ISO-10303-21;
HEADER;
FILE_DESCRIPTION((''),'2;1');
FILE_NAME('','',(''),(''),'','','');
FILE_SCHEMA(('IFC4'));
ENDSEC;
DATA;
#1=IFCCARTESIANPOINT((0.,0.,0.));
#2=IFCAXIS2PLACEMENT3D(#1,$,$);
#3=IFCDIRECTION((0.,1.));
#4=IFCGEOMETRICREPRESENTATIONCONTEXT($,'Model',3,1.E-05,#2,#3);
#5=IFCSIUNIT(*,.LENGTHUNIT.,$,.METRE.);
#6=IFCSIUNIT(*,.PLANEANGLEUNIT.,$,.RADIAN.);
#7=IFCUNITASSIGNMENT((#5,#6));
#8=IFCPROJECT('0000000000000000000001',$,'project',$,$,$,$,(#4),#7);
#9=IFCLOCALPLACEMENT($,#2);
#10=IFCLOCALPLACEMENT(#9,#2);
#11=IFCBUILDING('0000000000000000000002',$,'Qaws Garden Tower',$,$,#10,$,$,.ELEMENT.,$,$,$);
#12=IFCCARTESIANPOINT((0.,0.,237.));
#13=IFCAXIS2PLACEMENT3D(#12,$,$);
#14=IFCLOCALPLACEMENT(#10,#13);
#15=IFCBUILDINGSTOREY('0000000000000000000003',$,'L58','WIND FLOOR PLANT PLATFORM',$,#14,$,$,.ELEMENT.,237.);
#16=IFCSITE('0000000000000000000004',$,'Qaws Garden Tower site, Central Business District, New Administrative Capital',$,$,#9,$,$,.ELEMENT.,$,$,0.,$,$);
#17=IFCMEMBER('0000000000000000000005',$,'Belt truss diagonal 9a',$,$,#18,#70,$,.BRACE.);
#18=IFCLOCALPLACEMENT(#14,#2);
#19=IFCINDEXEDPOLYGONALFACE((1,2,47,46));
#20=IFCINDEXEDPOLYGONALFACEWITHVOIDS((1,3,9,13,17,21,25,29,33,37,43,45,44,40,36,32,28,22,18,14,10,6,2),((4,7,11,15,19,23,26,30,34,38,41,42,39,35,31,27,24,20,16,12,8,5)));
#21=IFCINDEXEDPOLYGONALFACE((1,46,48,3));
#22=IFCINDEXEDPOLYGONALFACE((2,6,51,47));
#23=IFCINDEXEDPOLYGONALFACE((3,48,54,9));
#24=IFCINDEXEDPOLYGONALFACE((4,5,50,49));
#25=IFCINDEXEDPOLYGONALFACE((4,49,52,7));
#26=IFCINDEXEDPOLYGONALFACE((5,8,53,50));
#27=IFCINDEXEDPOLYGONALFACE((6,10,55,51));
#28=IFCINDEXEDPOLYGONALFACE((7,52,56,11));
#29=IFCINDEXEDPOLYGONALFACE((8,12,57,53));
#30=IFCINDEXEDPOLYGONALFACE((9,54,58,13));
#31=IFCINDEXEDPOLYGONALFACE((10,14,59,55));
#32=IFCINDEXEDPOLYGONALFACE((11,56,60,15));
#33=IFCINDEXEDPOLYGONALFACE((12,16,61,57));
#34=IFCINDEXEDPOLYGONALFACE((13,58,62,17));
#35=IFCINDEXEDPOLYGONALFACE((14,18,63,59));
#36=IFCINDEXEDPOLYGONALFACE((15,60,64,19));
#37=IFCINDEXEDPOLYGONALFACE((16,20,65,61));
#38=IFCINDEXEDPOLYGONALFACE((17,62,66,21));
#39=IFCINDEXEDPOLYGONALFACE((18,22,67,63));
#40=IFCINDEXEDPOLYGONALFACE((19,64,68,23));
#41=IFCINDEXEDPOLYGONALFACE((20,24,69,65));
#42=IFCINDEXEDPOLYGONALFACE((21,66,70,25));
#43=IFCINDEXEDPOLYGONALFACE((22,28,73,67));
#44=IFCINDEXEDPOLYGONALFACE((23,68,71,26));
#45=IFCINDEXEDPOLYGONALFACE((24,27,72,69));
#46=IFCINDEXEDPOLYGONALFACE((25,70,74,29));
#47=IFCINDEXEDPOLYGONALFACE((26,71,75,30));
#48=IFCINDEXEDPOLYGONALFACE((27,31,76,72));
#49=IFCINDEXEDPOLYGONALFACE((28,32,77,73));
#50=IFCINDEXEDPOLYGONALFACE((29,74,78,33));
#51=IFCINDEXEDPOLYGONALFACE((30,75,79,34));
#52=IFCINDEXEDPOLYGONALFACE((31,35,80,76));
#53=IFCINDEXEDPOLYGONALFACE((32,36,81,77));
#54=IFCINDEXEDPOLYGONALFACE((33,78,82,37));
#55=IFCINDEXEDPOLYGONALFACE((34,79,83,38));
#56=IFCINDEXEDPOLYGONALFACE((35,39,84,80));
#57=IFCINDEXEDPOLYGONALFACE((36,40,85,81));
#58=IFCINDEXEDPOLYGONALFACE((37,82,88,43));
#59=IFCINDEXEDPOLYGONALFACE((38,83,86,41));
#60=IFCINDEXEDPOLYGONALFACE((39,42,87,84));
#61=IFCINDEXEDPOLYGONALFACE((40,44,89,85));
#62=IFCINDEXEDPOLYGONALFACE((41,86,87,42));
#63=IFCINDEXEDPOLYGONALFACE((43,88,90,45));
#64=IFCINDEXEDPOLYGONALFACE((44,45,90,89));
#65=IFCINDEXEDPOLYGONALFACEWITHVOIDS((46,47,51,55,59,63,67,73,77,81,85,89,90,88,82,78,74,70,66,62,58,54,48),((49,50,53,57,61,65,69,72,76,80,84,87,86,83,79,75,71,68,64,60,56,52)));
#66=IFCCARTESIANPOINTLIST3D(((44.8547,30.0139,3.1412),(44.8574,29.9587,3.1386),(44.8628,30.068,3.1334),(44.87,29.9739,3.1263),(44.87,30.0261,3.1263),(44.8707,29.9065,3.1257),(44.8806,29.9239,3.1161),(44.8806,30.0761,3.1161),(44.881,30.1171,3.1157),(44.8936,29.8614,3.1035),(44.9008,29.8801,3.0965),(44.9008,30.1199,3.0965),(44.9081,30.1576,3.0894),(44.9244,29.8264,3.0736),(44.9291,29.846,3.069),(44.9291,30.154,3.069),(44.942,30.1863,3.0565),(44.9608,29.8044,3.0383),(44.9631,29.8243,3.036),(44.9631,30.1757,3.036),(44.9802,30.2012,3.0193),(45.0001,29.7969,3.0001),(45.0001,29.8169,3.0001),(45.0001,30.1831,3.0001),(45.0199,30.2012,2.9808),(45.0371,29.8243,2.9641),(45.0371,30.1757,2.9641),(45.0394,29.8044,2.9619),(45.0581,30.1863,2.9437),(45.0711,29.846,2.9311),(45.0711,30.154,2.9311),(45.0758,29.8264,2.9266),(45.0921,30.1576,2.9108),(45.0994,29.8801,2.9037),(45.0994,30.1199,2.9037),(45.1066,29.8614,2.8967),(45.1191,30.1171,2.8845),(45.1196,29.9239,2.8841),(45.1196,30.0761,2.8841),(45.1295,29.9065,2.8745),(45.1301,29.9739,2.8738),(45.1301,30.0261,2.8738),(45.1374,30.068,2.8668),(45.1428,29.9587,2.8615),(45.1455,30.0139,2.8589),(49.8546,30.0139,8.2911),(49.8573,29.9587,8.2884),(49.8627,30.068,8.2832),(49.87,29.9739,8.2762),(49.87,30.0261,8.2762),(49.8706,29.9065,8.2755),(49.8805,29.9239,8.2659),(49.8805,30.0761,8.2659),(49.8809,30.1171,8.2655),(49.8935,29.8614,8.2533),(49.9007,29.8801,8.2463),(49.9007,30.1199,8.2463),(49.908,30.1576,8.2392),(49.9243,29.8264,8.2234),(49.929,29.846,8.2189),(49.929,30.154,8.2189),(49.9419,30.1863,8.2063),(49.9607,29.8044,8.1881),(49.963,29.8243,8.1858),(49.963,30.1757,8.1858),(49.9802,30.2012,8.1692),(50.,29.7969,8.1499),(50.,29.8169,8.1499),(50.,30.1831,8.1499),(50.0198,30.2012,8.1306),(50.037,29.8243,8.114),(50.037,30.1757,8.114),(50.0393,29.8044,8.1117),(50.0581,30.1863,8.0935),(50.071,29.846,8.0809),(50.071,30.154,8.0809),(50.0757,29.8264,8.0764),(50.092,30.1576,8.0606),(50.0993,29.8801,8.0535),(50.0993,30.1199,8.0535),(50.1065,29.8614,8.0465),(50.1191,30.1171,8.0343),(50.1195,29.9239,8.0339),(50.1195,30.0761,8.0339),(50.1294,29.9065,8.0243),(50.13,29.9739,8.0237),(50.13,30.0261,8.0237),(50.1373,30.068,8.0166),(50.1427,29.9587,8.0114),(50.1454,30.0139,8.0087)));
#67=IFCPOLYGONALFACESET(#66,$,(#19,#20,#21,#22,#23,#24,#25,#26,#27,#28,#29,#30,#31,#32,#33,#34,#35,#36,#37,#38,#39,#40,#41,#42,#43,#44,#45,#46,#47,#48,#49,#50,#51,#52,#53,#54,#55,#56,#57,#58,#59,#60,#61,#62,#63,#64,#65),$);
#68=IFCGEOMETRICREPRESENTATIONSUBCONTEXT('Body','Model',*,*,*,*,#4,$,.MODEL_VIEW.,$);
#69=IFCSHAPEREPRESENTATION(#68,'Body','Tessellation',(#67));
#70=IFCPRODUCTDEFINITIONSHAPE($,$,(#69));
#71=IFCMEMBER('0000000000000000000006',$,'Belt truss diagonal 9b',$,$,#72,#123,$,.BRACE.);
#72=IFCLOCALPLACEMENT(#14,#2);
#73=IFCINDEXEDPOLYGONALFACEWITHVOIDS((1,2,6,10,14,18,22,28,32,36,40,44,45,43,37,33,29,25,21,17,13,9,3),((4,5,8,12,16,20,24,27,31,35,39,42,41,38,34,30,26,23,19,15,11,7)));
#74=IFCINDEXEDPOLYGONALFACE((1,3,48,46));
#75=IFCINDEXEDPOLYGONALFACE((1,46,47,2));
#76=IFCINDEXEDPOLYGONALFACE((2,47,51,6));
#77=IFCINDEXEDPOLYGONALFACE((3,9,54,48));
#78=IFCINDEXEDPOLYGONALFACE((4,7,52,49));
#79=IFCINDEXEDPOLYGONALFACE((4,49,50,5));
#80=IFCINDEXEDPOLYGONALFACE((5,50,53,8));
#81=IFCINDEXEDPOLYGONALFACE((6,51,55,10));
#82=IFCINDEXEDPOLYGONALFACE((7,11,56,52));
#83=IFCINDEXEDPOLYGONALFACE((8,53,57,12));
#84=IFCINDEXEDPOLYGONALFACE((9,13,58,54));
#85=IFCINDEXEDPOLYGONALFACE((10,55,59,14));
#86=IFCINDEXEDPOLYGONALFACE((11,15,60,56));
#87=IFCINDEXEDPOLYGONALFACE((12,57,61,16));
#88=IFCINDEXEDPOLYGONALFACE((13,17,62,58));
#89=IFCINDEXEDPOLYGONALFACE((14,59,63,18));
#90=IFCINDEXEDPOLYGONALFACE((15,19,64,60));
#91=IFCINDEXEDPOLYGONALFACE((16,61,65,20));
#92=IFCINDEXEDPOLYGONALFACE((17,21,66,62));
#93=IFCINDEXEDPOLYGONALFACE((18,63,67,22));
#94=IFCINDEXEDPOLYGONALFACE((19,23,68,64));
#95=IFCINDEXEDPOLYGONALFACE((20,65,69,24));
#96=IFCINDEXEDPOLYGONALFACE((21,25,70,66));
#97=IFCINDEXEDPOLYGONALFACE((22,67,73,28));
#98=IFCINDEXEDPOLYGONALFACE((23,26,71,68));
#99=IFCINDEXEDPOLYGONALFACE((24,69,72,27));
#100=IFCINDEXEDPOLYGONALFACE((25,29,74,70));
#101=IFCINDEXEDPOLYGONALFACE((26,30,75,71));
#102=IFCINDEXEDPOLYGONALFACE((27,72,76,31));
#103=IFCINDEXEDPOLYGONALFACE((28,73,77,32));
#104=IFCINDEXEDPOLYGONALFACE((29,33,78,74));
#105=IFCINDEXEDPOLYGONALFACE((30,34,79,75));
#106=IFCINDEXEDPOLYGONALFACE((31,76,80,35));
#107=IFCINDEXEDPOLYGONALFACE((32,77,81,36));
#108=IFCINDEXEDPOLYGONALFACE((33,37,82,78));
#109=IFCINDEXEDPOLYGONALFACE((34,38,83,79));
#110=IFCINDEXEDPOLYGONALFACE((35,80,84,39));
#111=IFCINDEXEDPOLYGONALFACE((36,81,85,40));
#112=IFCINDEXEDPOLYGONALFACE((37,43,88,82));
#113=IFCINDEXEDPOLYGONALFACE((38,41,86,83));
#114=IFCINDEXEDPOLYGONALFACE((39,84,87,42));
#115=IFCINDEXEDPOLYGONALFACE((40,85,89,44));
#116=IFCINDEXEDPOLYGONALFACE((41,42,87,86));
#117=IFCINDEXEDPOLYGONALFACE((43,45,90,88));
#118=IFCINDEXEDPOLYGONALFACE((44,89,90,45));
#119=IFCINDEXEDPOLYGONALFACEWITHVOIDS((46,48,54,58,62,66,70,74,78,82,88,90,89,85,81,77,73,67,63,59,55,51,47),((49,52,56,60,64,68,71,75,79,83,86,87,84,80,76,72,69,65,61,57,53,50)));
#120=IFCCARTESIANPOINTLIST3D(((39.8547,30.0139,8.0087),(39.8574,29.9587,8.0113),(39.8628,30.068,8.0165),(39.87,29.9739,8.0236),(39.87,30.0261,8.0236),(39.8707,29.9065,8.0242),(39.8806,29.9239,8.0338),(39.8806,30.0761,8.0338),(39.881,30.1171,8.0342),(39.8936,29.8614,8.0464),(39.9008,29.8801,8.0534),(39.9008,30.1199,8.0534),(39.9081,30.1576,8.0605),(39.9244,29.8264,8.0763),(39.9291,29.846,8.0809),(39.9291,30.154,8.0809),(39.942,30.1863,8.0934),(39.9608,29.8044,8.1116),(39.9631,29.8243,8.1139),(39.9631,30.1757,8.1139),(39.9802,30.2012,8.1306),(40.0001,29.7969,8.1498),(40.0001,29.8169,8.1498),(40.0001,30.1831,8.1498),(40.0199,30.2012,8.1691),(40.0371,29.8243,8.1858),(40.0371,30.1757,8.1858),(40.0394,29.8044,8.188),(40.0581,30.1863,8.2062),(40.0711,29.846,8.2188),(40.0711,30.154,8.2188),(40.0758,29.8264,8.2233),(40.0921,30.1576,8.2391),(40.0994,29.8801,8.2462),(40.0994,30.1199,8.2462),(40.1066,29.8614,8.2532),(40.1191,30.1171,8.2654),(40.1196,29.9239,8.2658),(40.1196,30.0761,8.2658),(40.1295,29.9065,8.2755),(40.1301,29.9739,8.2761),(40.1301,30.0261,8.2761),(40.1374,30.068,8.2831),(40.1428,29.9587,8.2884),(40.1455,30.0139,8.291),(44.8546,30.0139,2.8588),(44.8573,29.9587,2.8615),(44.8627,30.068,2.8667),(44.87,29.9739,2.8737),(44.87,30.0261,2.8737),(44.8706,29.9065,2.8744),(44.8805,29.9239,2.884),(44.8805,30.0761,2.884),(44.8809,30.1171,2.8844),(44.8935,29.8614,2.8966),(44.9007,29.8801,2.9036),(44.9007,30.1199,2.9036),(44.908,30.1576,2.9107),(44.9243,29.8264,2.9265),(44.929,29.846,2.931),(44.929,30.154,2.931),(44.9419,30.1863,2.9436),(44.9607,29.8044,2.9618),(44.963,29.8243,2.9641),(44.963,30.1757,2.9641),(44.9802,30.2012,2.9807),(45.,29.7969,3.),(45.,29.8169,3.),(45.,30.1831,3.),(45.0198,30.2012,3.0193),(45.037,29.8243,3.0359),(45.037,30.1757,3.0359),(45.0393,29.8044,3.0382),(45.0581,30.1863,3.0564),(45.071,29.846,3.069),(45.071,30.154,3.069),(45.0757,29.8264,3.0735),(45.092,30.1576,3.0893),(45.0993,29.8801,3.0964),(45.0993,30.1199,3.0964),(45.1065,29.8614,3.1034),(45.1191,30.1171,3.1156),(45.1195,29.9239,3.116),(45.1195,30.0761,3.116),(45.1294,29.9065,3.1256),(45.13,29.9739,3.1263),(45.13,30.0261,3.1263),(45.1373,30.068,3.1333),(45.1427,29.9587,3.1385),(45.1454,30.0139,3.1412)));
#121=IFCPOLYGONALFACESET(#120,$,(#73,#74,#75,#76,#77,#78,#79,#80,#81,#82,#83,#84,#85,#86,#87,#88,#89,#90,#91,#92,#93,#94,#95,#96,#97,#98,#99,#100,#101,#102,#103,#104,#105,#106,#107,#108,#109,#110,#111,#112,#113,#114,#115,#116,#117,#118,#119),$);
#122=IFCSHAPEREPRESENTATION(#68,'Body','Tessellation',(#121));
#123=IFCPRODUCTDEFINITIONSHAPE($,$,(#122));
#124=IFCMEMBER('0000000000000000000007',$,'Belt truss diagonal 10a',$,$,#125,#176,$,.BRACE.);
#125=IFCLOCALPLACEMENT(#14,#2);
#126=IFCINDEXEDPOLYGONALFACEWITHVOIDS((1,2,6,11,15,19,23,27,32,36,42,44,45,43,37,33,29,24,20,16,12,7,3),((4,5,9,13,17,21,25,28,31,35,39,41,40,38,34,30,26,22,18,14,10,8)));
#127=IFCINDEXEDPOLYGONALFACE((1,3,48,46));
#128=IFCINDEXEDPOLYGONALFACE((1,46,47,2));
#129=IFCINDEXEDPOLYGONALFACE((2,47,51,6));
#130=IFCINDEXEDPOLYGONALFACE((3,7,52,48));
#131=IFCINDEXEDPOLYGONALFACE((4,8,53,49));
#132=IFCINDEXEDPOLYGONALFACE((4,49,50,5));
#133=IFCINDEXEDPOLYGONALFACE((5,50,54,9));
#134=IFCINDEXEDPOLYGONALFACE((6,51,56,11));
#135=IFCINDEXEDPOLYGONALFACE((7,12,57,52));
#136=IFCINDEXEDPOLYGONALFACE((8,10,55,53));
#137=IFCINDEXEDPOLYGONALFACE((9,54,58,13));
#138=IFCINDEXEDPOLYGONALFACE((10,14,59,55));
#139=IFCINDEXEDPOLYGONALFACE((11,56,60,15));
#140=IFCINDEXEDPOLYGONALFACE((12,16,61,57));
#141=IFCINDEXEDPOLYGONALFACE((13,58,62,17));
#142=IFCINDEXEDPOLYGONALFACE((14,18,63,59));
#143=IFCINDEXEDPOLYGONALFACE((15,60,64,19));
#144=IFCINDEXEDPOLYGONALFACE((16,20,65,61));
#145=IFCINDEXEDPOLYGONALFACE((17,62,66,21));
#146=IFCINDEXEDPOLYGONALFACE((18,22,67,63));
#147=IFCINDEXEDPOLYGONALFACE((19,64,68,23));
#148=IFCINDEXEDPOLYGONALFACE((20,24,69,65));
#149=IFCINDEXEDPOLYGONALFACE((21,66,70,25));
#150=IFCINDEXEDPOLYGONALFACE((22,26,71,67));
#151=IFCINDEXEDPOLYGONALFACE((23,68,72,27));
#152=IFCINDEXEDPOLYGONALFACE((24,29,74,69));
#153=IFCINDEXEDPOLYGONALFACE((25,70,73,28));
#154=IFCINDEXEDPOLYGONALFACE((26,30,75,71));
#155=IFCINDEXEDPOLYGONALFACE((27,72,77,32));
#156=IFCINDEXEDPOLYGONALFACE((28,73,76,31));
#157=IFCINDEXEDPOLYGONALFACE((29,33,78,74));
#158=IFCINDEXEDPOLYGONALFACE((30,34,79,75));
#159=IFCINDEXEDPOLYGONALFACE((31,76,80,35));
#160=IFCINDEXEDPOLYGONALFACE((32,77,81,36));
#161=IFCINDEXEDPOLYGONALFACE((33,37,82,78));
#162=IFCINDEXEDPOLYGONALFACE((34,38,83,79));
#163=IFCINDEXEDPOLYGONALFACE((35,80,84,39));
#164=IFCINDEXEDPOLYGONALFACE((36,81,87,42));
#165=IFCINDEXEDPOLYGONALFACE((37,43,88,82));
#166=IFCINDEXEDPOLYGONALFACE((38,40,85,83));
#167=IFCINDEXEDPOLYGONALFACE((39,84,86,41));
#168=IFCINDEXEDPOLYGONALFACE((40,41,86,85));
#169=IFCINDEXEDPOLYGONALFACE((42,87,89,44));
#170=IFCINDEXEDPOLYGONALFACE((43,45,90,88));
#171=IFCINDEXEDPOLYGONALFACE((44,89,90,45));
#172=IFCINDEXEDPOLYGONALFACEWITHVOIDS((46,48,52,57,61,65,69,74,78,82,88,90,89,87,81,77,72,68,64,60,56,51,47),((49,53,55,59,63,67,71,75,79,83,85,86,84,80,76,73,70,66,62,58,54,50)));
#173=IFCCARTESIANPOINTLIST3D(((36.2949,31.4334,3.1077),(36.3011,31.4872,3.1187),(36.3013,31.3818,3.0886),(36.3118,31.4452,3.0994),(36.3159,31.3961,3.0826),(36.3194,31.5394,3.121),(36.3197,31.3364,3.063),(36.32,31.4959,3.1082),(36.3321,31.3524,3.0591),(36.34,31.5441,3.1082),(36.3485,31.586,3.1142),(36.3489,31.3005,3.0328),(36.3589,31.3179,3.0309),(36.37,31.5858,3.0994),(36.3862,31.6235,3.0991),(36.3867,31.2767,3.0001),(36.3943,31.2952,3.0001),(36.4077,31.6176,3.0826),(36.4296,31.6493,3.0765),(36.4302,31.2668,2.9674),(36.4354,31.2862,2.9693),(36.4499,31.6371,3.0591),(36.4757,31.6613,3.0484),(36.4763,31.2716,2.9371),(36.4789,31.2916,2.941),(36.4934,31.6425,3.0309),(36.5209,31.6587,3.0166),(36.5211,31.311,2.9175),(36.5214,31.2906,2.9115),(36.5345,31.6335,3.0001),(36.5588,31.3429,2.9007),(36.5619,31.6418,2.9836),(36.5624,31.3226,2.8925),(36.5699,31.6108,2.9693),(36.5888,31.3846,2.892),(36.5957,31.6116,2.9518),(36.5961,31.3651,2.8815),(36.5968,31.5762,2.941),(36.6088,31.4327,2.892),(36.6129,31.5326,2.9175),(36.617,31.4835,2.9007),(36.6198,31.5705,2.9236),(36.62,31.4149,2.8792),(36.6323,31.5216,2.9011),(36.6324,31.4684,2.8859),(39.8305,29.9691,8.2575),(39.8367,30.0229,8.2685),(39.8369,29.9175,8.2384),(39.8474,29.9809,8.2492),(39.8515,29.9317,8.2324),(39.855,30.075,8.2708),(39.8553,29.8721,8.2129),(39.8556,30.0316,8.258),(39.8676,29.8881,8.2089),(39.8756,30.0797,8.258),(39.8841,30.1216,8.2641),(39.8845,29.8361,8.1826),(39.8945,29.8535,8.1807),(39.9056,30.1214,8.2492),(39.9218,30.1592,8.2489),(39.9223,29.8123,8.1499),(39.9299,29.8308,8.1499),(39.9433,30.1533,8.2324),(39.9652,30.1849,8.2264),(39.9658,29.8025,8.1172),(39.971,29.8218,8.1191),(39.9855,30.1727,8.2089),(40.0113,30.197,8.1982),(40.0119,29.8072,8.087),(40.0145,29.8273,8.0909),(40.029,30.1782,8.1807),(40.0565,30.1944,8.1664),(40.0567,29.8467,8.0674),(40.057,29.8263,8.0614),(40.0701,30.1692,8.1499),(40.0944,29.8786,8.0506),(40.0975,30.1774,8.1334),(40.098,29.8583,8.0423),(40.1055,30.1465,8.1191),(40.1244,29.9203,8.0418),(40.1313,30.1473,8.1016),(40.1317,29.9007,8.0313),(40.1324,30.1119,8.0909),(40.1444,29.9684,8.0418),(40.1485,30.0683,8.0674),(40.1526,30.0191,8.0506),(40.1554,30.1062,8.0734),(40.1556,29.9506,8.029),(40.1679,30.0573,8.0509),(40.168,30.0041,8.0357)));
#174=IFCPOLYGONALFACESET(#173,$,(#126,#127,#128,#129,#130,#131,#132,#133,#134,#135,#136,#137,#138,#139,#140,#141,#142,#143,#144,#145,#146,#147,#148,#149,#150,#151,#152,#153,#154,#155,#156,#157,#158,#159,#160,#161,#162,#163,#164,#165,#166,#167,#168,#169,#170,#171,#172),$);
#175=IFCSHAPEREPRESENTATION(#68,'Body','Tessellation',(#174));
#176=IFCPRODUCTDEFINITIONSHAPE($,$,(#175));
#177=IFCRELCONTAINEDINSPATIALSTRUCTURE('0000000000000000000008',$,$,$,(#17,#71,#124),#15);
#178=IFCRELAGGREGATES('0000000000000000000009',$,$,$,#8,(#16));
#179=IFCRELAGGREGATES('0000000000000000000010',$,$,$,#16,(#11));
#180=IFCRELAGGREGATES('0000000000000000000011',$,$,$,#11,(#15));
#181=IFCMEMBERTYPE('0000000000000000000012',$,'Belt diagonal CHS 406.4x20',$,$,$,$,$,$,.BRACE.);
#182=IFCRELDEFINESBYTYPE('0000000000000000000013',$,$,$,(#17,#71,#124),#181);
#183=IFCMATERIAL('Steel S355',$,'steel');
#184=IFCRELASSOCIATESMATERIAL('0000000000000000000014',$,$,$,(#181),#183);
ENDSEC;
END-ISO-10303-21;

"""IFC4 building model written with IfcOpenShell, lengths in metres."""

from ifc_helpers import new_model, si_unit, direction, frame, origin, origin_2d, place, context, subcontext, project, spatial, hollow_circle, extrude, material, material_profile, profile_set, type_object, element, save


model = new_model("IFC4")

# Units and contexts
model_context = context("Model", 3, precision=1e-05, world=origin(), true_north=direction((0.0, 1.0)))
body_context = subcontext(model_context, "Body", "Model", "MODEL_VIEW")
ifc_project = project(units=[si_unit("LENGTHUNIT", "METRE"), si_unit("PLANEANGLEUNIT", "RADIAN")], contexts=[model_context])

# Site, building, storey
site_placement = place(None, origin())
site = spatial("IfcSite", under=ifc_project, at=site_placement, Name="Qaws Garden Tower site, Central Business District, New Administrative Capital", CompositionType="ELEMENT", RefElevation=0.0)
building_placement = place(site_placement, origin())
building = spatial("IfcBuilding", under=site, at=building_placement, Name="Qaws Garden Tower", CompositionType="ELEMENT")
storey_placement = place(building_placement, frame((0.0, 0.0, 237.0)))
storey = spatial("IfcBuildingStorey", under=building, at=storey_placement, Name="L58", Description="WIND FLOOR PLANT PLATFORM", CompositionType="ELEMENT", Elevation=237.0)

# Members
ifc_material_1 = material(Name="Steel S355", Category="steel")
ifc_material_profile_1 = material_profile(ifc_material_1, hollow_circle(Radius=0.2031, WallThickness=0.02, at=origin_2d()), Name="CHS 406.4x20")
ifc_profile_set_1 = profile_set([ifc_material_profile_1], Name="Steel S355")
member_type_1 = type_object("IfcMemberType", Name="Belt diagonal CHS 406.4x20", PredefinedType="BRACE", material=ifc_profile_set_1)
for number, where, z_axis, x_axis, name in (
    (1, (50.0, 30.0, 8.1499), (-0.696588, 0.0, -0.717472), (0.0, -1.0, 0.0), "Belt truss diagonal 9a"),
    (2, (45.0, 30.0, 3.0), (-0.696588, 0.0, 0.717472), (0.0, -1.0, 0.0), "Belt truss diagonal 9b"),
):
    element("IfcMember", number, at=place(storey_placement, frame(where, z_axis=z_axis, x_axis=x_axis)), inside=storey, type_object=member_type_1, Name=name, PredefinedType="BRACE", context=body_context, shape_type="SweptSolid", body=[
        extrude(hollow_circle(Radius=0.2031, WallThickness=0.02, at=origin_2d()), origin(), (0.0, 0.0, 1.0), 7.1777),
    ])
for number, where, z_axis, x_axis, name in (
    (3, (40.0, 30.0, 8.1499), (-0.551056, 0.228231, -0.80265), (-0.382649, -0.923894, 0.0), "Belt truss diagonal 10a"),
):
    element("IfcMember", number, at=place(storey_placement, frame(where, z_axis=z_axis, x_axis=x_axis)), inside=storey, type_object=member_type_1, Name=name, PredefinedType="BRACE", context=body_context, shape_type="SweptSolid", body=[
        extrude(hollow_circle(Radius=0.2031, WallThickness=0.02, at=origin_2d()), origin(), (0.0, 0.0, 1.0), 6.416),
    ])

save(model, "model.ifc")
